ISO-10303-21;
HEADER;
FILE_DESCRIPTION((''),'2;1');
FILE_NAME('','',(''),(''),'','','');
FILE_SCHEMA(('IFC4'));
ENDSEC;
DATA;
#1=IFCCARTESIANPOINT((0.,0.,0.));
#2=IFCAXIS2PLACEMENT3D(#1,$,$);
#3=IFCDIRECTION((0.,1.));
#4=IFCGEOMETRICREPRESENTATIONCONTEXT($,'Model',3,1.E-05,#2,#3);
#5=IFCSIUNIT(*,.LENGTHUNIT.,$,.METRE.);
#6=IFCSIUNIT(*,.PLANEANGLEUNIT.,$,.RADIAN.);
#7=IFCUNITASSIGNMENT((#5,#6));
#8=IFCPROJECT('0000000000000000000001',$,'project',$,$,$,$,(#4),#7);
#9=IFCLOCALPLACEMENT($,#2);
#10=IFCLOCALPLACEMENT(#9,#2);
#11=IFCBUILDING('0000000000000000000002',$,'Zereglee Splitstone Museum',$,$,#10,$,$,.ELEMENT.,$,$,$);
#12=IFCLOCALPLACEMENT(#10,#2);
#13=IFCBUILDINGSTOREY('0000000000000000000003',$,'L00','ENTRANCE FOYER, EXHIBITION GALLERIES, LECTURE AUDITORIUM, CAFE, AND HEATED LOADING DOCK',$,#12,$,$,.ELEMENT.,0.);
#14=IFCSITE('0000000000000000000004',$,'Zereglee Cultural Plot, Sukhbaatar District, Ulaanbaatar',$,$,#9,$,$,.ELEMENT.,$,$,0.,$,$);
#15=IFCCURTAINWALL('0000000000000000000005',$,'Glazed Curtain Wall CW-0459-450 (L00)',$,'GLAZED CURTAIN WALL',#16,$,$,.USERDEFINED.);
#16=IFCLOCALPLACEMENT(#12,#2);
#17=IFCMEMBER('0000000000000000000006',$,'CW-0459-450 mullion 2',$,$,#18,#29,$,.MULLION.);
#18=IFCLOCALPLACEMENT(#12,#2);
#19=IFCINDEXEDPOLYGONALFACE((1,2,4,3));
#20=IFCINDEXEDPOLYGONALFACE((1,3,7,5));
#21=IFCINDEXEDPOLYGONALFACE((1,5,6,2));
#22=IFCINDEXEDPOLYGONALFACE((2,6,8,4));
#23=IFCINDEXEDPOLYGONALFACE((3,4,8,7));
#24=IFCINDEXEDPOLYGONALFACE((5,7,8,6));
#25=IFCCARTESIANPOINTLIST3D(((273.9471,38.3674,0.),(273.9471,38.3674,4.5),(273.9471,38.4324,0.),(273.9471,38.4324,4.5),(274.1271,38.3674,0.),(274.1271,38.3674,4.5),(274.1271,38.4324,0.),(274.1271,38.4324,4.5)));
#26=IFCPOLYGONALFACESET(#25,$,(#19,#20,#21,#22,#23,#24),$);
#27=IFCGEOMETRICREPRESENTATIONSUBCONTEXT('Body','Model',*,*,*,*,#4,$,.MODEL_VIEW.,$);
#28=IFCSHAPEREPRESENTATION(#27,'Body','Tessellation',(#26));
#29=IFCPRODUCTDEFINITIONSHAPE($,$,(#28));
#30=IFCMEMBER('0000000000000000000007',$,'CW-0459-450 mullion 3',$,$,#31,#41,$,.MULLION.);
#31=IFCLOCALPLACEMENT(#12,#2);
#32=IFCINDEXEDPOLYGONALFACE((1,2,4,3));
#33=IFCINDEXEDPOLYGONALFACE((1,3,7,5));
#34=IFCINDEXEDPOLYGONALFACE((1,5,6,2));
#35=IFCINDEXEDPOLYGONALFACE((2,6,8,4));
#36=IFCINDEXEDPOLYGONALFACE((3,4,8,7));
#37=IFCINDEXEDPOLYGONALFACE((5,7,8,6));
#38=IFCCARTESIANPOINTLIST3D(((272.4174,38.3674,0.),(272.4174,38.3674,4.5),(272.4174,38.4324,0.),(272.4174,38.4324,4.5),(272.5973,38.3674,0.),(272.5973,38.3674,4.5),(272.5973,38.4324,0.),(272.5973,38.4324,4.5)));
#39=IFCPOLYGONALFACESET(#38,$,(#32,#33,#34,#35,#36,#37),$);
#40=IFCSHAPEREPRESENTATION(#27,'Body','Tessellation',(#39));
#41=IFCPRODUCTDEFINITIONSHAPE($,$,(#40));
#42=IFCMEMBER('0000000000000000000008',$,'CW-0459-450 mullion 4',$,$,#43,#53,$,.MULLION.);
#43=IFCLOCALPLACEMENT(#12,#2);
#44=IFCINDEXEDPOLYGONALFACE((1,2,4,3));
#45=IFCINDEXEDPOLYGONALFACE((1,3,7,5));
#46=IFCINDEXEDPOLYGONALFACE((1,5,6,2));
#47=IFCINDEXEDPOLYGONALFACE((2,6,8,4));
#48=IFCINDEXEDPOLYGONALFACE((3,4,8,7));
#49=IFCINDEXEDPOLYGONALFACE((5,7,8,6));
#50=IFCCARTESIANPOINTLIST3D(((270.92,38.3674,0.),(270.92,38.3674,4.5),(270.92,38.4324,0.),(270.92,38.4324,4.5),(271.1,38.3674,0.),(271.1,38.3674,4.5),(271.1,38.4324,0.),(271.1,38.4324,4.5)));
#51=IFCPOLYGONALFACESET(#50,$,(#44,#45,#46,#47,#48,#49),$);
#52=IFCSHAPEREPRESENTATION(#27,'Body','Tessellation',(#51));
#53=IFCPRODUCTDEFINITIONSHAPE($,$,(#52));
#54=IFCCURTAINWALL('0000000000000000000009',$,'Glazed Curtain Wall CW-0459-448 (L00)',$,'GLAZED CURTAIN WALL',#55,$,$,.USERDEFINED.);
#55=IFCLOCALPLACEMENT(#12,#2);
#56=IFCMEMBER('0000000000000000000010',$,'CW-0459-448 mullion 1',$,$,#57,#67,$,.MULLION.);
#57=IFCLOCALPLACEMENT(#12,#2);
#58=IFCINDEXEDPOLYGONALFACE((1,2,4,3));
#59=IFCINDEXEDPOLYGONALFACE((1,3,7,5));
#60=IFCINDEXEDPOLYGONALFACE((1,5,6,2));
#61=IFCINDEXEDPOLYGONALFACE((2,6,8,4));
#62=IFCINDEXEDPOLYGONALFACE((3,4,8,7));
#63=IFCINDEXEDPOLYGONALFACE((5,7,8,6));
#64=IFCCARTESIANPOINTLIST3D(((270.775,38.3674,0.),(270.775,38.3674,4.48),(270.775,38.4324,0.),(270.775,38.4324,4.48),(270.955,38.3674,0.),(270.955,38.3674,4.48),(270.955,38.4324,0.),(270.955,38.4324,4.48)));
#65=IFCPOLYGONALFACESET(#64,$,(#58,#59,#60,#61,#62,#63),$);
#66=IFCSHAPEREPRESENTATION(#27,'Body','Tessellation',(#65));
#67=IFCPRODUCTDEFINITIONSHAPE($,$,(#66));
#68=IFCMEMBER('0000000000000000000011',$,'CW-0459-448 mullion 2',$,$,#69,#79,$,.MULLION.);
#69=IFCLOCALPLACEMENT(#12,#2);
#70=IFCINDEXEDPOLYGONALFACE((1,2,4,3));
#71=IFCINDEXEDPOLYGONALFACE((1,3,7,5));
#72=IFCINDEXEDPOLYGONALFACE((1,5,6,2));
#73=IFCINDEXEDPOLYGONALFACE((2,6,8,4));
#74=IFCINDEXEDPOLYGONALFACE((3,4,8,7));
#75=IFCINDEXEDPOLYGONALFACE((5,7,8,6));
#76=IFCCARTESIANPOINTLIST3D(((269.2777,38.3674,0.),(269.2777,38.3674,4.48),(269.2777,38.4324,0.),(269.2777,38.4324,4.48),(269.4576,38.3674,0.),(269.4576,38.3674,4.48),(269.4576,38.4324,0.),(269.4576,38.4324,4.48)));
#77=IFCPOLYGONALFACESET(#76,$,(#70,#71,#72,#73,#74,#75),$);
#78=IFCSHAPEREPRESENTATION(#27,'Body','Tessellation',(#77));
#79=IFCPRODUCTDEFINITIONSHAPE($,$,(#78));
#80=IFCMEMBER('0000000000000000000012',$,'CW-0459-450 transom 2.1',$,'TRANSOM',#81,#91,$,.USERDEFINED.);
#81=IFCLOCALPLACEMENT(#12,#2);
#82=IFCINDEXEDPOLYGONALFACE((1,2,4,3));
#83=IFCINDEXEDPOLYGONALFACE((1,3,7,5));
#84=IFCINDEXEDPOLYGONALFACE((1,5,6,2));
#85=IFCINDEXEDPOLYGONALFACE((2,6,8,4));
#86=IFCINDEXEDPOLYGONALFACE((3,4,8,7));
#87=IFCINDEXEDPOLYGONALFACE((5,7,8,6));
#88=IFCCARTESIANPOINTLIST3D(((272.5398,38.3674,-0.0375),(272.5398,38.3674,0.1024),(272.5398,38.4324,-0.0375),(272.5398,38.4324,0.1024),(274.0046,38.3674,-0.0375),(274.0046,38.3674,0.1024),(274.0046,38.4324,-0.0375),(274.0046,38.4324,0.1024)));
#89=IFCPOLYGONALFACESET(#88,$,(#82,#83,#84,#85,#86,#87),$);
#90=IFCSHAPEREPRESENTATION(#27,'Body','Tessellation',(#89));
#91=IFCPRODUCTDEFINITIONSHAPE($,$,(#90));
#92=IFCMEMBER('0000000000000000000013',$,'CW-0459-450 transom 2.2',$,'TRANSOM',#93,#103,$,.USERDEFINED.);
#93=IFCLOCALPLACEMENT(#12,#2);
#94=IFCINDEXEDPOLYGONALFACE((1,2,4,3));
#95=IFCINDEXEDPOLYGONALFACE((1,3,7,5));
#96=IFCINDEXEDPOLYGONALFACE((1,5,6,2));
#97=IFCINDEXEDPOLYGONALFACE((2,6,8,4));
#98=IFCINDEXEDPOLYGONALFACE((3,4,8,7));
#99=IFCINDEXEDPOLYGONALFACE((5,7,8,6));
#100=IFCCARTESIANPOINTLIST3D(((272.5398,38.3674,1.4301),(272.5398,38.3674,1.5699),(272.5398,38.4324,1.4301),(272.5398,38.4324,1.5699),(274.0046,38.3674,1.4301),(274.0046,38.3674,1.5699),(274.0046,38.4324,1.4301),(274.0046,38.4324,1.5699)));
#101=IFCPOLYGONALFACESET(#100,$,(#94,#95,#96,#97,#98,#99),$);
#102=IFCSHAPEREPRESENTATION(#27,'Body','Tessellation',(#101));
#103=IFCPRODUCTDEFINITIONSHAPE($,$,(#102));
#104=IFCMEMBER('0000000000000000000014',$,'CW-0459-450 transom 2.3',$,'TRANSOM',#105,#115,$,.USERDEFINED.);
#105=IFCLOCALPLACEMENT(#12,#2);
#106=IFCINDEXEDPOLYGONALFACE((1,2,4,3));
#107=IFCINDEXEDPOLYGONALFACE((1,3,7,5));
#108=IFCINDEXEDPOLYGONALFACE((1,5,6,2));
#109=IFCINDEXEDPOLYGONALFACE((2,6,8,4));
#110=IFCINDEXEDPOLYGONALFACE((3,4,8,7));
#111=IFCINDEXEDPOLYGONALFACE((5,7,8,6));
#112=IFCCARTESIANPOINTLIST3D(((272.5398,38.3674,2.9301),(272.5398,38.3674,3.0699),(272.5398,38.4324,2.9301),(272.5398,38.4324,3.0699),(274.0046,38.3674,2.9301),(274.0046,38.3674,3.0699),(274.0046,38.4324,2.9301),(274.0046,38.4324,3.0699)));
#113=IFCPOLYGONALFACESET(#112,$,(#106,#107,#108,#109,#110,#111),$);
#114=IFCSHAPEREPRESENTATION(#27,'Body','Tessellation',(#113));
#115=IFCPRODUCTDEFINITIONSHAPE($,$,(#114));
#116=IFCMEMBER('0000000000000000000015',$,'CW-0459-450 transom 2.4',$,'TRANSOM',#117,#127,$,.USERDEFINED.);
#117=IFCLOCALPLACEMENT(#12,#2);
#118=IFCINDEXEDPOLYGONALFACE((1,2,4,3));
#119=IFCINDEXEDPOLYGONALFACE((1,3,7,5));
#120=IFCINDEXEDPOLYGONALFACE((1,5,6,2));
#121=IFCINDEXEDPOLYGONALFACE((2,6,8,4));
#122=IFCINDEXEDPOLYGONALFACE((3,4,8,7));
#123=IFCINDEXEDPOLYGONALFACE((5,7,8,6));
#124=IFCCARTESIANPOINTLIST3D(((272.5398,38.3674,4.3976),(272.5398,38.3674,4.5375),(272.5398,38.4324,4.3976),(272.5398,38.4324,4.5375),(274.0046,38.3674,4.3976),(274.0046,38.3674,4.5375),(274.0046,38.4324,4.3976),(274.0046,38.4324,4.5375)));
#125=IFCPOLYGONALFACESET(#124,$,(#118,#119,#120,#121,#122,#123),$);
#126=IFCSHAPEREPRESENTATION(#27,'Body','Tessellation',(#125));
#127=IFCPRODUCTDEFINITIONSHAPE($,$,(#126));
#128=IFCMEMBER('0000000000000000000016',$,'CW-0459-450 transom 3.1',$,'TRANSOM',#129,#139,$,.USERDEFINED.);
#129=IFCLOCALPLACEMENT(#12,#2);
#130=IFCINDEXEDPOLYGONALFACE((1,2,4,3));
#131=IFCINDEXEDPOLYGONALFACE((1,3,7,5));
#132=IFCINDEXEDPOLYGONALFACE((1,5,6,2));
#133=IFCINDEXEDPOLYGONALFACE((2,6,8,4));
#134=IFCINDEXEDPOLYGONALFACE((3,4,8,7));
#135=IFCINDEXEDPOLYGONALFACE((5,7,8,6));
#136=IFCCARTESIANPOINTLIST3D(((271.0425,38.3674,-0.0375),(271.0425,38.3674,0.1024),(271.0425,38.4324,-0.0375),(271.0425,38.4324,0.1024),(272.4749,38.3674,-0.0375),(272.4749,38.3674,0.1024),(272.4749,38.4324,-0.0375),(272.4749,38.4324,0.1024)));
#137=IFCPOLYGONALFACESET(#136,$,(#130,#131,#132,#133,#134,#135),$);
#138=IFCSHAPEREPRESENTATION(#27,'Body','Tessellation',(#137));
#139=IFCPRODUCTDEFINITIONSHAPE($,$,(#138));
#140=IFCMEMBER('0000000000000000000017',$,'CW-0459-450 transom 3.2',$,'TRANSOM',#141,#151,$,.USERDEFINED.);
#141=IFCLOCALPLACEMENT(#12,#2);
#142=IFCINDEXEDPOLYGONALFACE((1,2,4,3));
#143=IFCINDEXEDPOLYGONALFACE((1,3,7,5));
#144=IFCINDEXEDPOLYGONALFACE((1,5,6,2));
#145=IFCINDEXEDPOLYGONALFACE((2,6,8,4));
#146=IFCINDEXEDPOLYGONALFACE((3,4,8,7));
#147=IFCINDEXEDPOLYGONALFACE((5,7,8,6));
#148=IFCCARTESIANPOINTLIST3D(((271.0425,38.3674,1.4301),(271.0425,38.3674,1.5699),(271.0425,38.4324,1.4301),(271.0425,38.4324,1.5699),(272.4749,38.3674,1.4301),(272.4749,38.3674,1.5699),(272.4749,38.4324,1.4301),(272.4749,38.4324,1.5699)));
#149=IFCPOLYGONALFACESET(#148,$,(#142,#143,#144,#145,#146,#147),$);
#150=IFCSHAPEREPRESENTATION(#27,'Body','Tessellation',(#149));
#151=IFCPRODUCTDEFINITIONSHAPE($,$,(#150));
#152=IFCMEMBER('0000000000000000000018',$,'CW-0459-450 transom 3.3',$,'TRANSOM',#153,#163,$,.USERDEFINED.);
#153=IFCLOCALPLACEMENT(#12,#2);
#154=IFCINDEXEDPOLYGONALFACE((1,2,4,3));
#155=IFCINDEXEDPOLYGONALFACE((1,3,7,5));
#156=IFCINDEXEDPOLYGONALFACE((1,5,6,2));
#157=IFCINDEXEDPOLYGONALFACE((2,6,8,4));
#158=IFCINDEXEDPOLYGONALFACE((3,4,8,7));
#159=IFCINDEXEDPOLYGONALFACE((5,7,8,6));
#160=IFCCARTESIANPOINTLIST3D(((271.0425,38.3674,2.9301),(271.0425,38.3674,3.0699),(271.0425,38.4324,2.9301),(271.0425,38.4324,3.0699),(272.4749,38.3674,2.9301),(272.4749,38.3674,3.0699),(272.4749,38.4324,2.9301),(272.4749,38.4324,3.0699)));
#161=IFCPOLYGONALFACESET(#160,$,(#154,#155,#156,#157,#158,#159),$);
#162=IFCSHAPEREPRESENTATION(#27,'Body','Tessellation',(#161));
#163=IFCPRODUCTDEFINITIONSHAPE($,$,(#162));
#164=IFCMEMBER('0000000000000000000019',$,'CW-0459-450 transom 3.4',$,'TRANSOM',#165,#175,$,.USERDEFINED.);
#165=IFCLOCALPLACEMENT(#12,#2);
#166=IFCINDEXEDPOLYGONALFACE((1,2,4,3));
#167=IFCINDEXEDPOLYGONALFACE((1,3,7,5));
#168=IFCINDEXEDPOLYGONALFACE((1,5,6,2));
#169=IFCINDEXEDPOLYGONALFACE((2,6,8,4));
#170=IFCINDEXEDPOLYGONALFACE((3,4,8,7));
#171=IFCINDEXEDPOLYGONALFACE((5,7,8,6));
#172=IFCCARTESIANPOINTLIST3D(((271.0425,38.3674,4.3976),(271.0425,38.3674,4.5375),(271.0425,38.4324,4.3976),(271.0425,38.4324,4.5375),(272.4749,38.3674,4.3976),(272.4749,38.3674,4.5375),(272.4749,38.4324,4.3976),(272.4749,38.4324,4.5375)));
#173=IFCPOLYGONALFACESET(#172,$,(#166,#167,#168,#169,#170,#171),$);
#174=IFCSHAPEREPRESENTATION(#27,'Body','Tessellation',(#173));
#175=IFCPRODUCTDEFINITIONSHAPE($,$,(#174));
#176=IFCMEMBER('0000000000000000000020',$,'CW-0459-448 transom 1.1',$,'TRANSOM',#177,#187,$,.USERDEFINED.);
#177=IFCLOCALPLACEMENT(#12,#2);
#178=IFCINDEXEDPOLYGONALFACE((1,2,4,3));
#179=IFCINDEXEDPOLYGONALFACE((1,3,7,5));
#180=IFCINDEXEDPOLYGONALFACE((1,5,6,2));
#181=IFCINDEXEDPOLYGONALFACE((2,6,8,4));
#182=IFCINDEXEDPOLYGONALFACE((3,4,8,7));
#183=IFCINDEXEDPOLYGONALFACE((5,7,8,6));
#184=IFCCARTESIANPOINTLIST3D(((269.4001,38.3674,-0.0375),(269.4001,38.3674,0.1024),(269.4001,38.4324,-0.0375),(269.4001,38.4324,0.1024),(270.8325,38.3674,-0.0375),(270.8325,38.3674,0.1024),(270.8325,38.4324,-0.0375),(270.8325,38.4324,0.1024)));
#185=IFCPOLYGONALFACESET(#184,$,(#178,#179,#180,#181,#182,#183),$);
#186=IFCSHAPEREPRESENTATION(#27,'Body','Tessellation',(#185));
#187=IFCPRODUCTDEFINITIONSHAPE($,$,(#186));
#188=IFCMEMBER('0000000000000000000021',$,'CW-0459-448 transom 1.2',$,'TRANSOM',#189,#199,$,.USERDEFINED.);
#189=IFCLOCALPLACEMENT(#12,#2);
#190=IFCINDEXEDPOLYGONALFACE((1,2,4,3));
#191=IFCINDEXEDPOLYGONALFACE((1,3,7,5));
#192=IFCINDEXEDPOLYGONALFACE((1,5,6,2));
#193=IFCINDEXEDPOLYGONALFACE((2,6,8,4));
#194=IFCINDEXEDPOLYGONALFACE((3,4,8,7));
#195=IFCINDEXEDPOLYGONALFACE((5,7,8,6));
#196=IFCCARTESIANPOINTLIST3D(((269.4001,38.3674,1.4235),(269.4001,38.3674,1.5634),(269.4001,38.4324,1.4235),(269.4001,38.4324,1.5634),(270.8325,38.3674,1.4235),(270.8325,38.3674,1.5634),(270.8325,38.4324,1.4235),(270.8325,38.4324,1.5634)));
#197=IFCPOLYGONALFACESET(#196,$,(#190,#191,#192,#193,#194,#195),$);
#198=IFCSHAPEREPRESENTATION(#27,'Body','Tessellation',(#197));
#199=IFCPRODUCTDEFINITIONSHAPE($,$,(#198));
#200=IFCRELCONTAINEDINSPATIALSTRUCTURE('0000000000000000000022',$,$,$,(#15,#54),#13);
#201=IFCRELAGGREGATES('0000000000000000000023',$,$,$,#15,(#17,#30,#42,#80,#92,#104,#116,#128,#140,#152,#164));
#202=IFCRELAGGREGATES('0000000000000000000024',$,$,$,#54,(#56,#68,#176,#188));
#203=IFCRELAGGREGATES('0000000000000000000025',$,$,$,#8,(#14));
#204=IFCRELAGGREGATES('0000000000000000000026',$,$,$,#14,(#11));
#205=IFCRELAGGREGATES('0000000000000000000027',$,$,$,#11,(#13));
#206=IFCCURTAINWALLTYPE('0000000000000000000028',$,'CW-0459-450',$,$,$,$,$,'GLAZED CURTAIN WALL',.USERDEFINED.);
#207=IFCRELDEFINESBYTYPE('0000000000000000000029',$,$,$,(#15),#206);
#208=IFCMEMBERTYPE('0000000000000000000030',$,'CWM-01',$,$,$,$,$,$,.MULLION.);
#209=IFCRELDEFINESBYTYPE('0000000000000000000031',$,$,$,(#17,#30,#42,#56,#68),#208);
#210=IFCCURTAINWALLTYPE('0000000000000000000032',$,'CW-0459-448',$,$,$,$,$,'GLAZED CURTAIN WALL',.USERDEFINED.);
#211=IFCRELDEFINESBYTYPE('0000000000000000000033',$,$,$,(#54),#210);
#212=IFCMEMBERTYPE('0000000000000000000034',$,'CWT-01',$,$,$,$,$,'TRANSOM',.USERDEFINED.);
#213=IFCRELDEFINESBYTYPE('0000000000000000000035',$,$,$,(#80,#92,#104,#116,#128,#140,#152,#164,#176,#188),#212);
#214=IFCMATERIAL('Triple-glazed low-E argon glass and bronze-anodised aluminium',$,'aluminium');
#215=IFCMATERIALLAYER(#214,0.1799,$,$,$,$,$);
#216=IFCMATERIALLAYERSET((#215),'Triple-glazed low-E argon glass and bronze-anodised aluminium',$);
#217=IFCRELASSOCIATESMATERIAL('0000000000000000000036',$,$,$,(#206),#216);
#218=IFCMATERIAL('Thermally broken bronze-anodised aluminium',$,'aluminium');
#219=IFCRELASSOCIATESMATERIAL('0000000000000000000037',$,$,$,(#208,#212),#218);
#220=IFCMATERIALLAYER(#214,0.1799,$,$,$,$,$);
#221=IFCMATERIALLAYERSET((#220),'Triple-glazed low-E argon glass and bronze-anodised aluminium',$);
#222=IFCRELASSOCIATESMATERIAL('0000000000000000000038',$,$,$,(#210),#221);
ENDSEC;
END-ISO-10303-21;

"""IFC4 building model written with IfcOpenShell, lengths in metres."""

from ifc_helpers import new_model, si_unit, direction, frame, origin, origin_2d, place, context, subcontext, project, spatial, rectangle, extrude, material, layer, layer_set, material_profile, profile_set, type_object, element, aggregate, save


model = new_model("IFC4")

# Units and contexts
model_context = context("Model", 3, precision=1e-05, world=origin(), true_north=direction((0.0, 1.0)))
body_context = subcontext(model_context, "Body", "Model", "MODEL_VIEW")
ifc_project = project(units=[si_unit("LENGTHUNIT", "METRE"), si_unit("PLANEANGLEUNIT", "RADIAN")], contexts=[model_context])

# Site, building, storey
site_placement = place(None, origin())
site = spatial("IfcSite", under=ifc_project, at=site_placement, Name="Zereglee Cultural Plot, Sukhbaatar District, Ulaanbaatar", CompositionType="ELEMENT", RefElevation=0.0)
building_placement = place(site_placement, origin())
building = spatial("IfcBuilding", under=site, at=building_placement, Name="Zereglee Splitstone Museum", CompositionType="ELEMENT")
storey_placement = place(building_placement, origin())
storey = spatial("IfcBuildingStorey", under=building, at=storey_placement, Name="L00", Description="ENTRANCE FOYER, EXHIBITION GALLERIES, LECTURE AUDITORIUM, CAFE, AND HEATED LOADING DOCK", CompositionType="ELEMENT", Elevation=0.0)

# Curtain walls, members
ifc_material_1 = material(Name="Triple-glazed low-E argon glass and bronze-anodised aluminium", Category="aluminium")
ifc_layer_1 = layer(ifc_material_1, 0.1799)
ifc_layer_set_1 = layer_set([ifc_layer_1], Name="Triple-glazed low-E argon glass and bronze-anodised aluminium")
curtain_wall_type_1 = type_object("IfcCurtainWallType", Name="CW-0459-450", ElementType="GLAZED CURTAIN WALL", PredefinedType="USERDEFINED", material=ifc_layer_set_1)
curtain_wall_1_placement = place(storey_placement, origin())
curtain_wall_1 = element("IfcCurtainWall", 1, at=curtain_wall_1_placement, inside=storey, type_object=curtain_wall_type_1, Name="Glazed Curtain Wall CW-0459-450 (L00)", ObjectType="GLAZED CURTAIN WALL", PredefinedType="USERDEFINED")
ifc_material_2 = material(Name="Thermally broken bronze-anodised aluminium", Category="aluminium")
ifc_material_profile_1 = material_profile(ifc_material_2, rectangle(XDim=0.0649, YDim=0.1799, at=origin_2d()), Name="CW MULL 65x180")
ifc_profile_set_1 = profile_set([ifc_material_profile_1], Name="Thermally broken bronze-anodised aluminium")
member_type_1 = type_object("IfcMemberType", Name="CWM-01", PredefinedType="MULLION", material=ifc_profile_set_1)
member_1_placement = place(storey_placement, frame((274.0371, 38.3999, 0.0), z_axis=(0.0, 0.0, 1.0), x_axis=(0.0, -1.0, 0.0)))
member_1 = element("IfcMember", 2, at=member_1_placement, type_object=member_type_1, Name="CW-0459-450 mullion 2", PredefinedType="MULLION", context=body_context, shape_type="SweptSolid", body=[
    extrude(rectangle(XDim=0.0649, YDim=0.1799, at=origin_2d()), origin(), (0.0, 0.0, 1.0), 4.5),
])
member_2_placement = place(storey_placement, frame((272.5073, 38.3999, 0.0), z_axis=(0.0, 0.0, 1.0), x_axis=(0.0, -1.0, 0.0)))
member_2 = element("IfcMember", 3, at=member_2_placement, type_object=member_type_1, Name="CW-0459-450 mullion 3", PredefinedType="MULLION", context=body_context, shape_type="SweptSolid", body=[
    extrude(rectangle(XDim=0.0649, YDim=0.1799, at=origin_2d()), origin(), (0.0, 0.0, 1.0), 4.5),
])
member_3_placement = place(storey_placement, frame((271.01, 38.3999, 0.0), z_axis=(0.0, 0.0, 1.0), x_axis=(0.0, -1.0, 0.0)))
member_3 = element("IfcMember", 4, at=member_3_placement, type_object=member_type_1, Name="CW-0459-450 mullion 4", PredefinedType="MULLION", context=body_context, shape_type="SweptSolid", body=[
    extrude(rectangle(XDim=0.0649, YDim=0.1799, at=origin_2d()), origin(), (0.0, 0.0, 1.0), 4.5),
])
ifc_layer_2 = layer(ifc_material_1, 0.1799)
ifc_layer_set_2 = layer_set([ifc_layer_2], Name="Triple-glazed low-E argon glass and bronze-anodised aluminium")
curtain_wall_type_2 = type_object("IfcCurtainWallType", Name="CW-0459-448", ElementType="GLAZED CURTAIN WALL", PredefinedType="USERDEFINED", material=ifc_layer_set_2)
curtain_wall_2_placement = place(storey_placement, origin())
curtain_wall_2 = element("IfcCurtainWall", 5, at=curtain_wall_2_placement, inside=storey, type_object=curtain_wall_type_2, Name="Glazed Curtain Wall CW-0459-448 (L00)", ObjectType="GLAZED CURTAIN WALL", PredefinedType="USERDEFINED")
member_4_placement = place(storey_placement, frame((270.865, 38.3999, 0.0), z_axis=(0.0, 0.0, 1.0), x_axis=(0.0, -1.0, 0.0)))
member_4 = element("IfcMember", 6, at=member_4_placement, type_object=member_type_1, Name="CW-0459-448 mullion 1", PredefinedType="MULLION", context=body_context, shape_type="SweptSolid", body=[
    extrude(rectangle(XDim=0.0649, YDim=0.1799, at=origin_2d()), origin(), (0.0, 0.0, 1.0), 4.48),
])
member_5_placement = place(storey_placement, frame((269.3677, 38.3999, 0.0), z_axis=(0.0, 0.0, 1.0), x_axis=(0.0, -1.0, 0.0)))
member_5 = element("IfcMember", 7, at=member_5_placement, type_object=member_type_1, Name="CW-0459-448 mullion 2", PredefinedType="MULLION", context=body_context, shape_type="SweptSolid", body=[
    extrude(rectangle(XDim=0.0649, YDim=0.1799, at=origin_2d()), origin(), (0.0, 0.0, 1.0), 4.48),
])

# Members
ifc_material_profile_2 = material_profile(ifc_material_2, rectangle(XDim=0.0649, YDim=0.1399, at=origin_2d()), Name="CW TRAN 65x140")
ifc_profile_set_2 = profile_set([ifc_material_profile_2], Name="Thermally broken bronze-anodised aluminium")
member_type_2 = type_object("IfcMemberType", Name="CWT-01", ElementType="TRANSOM", PredefinedType="USERDEFINED", material=ifc_profile_set_2)
member_6_placement = place(storey_placement, frame((274.0046, 38.3999, 0.0325), z_axis=(-1.0, 0.0, 0.0), x_axis=(0.0, -1.0, 0.0)))
member_6 = element("IfcMember", 8, at=member_6_placement, type_object=member_type_2, Name="CW-0459-450 transom 2.1", ObjectType="TRANSOM", PredefinedType="USERDEFINED", context=body_context, shape_type="SweptSolid", body=[
    extrude(rectangle(XDim=0.0649, YDim=0.1399, at=origin_2d()), origin(), (0.0, 0.0, 1.0), 1.4648),
])
member_7_placement = place(storey_placement, frame((274.0046, 38.3999, 1.5), z_axis=(-1.0, 0.0, 0.0), x_axis=(0.0, -1.0, 0.0)))
member_7 = element("IfcMember", 9, at=member_7_placement, type_object=member_type_2, Name="CW-0459-450 transom 2.2", ObjectType="TRANSOM", PredefinedType="USERDEFINED", context=body_context, shape_type="SweptSolid", body=[
    extrude(rectangle(XDim=0.0649, YDim=0.1399, at=origin_2d()), origin(), (0.0, 0.0, 1.0), 1.4648),
])
member_8_placement = place(storey_placement, frame((274.0046, 38.3999, 3.0), z_axis=(-1.0, 0.0, 0.0), x_axis=(0.0, -1.0, 0.0)))
member_8 = element("IfcMember", 10, at=member_8_placement, type_object=member_type_2, Name="CW-0459-450 transom 2.3", ObjectType="TRANSOM", PredefinedType="USERDEFINED", context=body_context, shape_type="SweptSolid", body=[
    extrude(rectangle(XDim=0.0649, YDim=0.1399, at=origin_2d()), origin(), (0.0, 0.0, 1.0), 1.4648),
])
member_9_placement = place(storey_placement, frame((274.0046, 38.3999, 4.4675), z_axis=(-1.0, 0.0, 0.0), x_axis=(0.0, -1.0, 0.0)))
member_9 = element("IfcMember", 11, at=member_9_placement, type_object=member_type_2, Name="CW-0459-450 transom 2.4", ObjectType="TRANSOM", PredefinedType="USERDEFINED", context=body_context, shape_type="SweptSolid", body=[
    extrude(rectangle(XDim=0.0649, YDim=0.1399, at=origin_2d()), origin(), (0.0, 0.0, 1.0), 1.4648),
])
member_10_placement = place(storey_placement, frame((272.4749, 38.3999, 0.0325), z_axis=(-1.0, 0.0, 0.0), x_axis=(0.0, -1.0, 0.0)))
member_10 = element("IfcMember", 12, at=member_10_placement, type_object=member_type_2, Name="CW-0459-450 transom 3.1", ObjectType="TRANSOM", PredefinedType="USERDEFINED", context=body_context, shape_type="SweptSolid", body=[
    extrude(rectangle(XDim=0.0649, YDim=0.1399, at=origin_2d()), origin(), (0.0, 0.0, 1.0), 1.4324),
])
member_11_placement = place(storey_placement, frame((272.4749, 38.3999, 1.5), z_axis=(-1.0, 0.0, 0.0), x_axis=(0.0, -1.0, 0.0)))
member_11 = element("IfcMember", 13, at=member_11_placement, type_object=member_type_2, Name="CW-0459-450 transom 3.2", ObjectType="TRANSOM", PredefinedType="USERDEFINED", context=body_context, shape_type="SweptSolid", body=[
    extrude(rectangle(XDim=0.0649, YDim=0.1399, at=origin_2d()), origin(), (0.0, 0.0, 1.0), 1.4324),
])
member_12_placement = place(storey_placement, frame((272.4749, 38.3999, 3.0), z_axis=(-1.0, 0.0, 0.0), x_axis=(0.0, -1.0, 0.0)))
member_12 = element("IfcMember", 14, at=member_12_placement, type_object=member_type_2, Name="CW-0459-450 transom 3.3", ObjectType="TRANSOM", PredefinedType="USERDEFINED", context=body_context, shape_type="SweptSolid", body=[
    extrude(rectangle(XDim=0.0649, YDim=0.1399, at=origin_2d()), origin(), (0.0, 0.0, 1.0), 1.4324),
])
member_13_placement = place(storey_placement, frame((272.4749, 38.3999, 4.4675), z_axis=(-1.0, 0.0, 0.0), x_axis=(0.0, -1.0, 0.0)))
member_13 = element("IfcMember", 15, at=member_13_placement, type_object=member_type_2, Name="CW-0459-450 transom 3.4", ObjectType="TRANSOM", PredefinedType="USERDEFINED", context=body_context, shape_type="SweptSolid", body=[
    extrude(rectangle(XDim=0.0649, YDim=0.1399, at=origin_2d()), origin(), (0.0, 0.0, 1.0), 1.4324),
])
member_14_placement = place(storey_placement, frame((270.8325, 38.3999, 0.0325), z_axis=(-1.0, 0.0, 0.0), x_axis=(0.0, -1.0, 0.0)))
member_14 = element("IfcMember", 16, at=member_14_placement, type_object=member_type_2, Name="CW-0459-448 transom 1.1", ObjectType="TRANSOM", PredefinedType="USERDEFINED", context=body_context, shape_type="SweptSolid", body=[
    extrude(rectangle(XDim=0.0649, YDim=0.1399, at=origin_2d()), origin(), (0.0, 0.0, 1.0), 1.4324),
])
member_15_placement = place(storey_placement, frame((270.8325, 38.3999, 1.4934), z_axis=(-1.0, 0.0, 0.0), x_axis=(0.0, -1.0, 0.0)))
member_15 = element("IfcMember", 17, at=member_15_placement, type_object=member_type_2, Name="CW-0459-448 transom 1.2", ObjectType="TRANSOM", PredefinedType="USERDEFINED", context=body_context, shape_type="SweptSolid", body=[
    extrude(rectangle(XDim=0.0649, YDim=0.1399, at=origin_2d()), origin(), (0.0, 0.0, 1.0), 1.4324),
])

aggregate(curtain_wall_1, [member_1, member_2, member_3, member_6, member_7, member_8, member_9, member_10, member_11, member_12, member_13])
aggregate(curtain_wall_2, [member_4, member_5, member_14, member_15])

save(model, "model.ifc")
